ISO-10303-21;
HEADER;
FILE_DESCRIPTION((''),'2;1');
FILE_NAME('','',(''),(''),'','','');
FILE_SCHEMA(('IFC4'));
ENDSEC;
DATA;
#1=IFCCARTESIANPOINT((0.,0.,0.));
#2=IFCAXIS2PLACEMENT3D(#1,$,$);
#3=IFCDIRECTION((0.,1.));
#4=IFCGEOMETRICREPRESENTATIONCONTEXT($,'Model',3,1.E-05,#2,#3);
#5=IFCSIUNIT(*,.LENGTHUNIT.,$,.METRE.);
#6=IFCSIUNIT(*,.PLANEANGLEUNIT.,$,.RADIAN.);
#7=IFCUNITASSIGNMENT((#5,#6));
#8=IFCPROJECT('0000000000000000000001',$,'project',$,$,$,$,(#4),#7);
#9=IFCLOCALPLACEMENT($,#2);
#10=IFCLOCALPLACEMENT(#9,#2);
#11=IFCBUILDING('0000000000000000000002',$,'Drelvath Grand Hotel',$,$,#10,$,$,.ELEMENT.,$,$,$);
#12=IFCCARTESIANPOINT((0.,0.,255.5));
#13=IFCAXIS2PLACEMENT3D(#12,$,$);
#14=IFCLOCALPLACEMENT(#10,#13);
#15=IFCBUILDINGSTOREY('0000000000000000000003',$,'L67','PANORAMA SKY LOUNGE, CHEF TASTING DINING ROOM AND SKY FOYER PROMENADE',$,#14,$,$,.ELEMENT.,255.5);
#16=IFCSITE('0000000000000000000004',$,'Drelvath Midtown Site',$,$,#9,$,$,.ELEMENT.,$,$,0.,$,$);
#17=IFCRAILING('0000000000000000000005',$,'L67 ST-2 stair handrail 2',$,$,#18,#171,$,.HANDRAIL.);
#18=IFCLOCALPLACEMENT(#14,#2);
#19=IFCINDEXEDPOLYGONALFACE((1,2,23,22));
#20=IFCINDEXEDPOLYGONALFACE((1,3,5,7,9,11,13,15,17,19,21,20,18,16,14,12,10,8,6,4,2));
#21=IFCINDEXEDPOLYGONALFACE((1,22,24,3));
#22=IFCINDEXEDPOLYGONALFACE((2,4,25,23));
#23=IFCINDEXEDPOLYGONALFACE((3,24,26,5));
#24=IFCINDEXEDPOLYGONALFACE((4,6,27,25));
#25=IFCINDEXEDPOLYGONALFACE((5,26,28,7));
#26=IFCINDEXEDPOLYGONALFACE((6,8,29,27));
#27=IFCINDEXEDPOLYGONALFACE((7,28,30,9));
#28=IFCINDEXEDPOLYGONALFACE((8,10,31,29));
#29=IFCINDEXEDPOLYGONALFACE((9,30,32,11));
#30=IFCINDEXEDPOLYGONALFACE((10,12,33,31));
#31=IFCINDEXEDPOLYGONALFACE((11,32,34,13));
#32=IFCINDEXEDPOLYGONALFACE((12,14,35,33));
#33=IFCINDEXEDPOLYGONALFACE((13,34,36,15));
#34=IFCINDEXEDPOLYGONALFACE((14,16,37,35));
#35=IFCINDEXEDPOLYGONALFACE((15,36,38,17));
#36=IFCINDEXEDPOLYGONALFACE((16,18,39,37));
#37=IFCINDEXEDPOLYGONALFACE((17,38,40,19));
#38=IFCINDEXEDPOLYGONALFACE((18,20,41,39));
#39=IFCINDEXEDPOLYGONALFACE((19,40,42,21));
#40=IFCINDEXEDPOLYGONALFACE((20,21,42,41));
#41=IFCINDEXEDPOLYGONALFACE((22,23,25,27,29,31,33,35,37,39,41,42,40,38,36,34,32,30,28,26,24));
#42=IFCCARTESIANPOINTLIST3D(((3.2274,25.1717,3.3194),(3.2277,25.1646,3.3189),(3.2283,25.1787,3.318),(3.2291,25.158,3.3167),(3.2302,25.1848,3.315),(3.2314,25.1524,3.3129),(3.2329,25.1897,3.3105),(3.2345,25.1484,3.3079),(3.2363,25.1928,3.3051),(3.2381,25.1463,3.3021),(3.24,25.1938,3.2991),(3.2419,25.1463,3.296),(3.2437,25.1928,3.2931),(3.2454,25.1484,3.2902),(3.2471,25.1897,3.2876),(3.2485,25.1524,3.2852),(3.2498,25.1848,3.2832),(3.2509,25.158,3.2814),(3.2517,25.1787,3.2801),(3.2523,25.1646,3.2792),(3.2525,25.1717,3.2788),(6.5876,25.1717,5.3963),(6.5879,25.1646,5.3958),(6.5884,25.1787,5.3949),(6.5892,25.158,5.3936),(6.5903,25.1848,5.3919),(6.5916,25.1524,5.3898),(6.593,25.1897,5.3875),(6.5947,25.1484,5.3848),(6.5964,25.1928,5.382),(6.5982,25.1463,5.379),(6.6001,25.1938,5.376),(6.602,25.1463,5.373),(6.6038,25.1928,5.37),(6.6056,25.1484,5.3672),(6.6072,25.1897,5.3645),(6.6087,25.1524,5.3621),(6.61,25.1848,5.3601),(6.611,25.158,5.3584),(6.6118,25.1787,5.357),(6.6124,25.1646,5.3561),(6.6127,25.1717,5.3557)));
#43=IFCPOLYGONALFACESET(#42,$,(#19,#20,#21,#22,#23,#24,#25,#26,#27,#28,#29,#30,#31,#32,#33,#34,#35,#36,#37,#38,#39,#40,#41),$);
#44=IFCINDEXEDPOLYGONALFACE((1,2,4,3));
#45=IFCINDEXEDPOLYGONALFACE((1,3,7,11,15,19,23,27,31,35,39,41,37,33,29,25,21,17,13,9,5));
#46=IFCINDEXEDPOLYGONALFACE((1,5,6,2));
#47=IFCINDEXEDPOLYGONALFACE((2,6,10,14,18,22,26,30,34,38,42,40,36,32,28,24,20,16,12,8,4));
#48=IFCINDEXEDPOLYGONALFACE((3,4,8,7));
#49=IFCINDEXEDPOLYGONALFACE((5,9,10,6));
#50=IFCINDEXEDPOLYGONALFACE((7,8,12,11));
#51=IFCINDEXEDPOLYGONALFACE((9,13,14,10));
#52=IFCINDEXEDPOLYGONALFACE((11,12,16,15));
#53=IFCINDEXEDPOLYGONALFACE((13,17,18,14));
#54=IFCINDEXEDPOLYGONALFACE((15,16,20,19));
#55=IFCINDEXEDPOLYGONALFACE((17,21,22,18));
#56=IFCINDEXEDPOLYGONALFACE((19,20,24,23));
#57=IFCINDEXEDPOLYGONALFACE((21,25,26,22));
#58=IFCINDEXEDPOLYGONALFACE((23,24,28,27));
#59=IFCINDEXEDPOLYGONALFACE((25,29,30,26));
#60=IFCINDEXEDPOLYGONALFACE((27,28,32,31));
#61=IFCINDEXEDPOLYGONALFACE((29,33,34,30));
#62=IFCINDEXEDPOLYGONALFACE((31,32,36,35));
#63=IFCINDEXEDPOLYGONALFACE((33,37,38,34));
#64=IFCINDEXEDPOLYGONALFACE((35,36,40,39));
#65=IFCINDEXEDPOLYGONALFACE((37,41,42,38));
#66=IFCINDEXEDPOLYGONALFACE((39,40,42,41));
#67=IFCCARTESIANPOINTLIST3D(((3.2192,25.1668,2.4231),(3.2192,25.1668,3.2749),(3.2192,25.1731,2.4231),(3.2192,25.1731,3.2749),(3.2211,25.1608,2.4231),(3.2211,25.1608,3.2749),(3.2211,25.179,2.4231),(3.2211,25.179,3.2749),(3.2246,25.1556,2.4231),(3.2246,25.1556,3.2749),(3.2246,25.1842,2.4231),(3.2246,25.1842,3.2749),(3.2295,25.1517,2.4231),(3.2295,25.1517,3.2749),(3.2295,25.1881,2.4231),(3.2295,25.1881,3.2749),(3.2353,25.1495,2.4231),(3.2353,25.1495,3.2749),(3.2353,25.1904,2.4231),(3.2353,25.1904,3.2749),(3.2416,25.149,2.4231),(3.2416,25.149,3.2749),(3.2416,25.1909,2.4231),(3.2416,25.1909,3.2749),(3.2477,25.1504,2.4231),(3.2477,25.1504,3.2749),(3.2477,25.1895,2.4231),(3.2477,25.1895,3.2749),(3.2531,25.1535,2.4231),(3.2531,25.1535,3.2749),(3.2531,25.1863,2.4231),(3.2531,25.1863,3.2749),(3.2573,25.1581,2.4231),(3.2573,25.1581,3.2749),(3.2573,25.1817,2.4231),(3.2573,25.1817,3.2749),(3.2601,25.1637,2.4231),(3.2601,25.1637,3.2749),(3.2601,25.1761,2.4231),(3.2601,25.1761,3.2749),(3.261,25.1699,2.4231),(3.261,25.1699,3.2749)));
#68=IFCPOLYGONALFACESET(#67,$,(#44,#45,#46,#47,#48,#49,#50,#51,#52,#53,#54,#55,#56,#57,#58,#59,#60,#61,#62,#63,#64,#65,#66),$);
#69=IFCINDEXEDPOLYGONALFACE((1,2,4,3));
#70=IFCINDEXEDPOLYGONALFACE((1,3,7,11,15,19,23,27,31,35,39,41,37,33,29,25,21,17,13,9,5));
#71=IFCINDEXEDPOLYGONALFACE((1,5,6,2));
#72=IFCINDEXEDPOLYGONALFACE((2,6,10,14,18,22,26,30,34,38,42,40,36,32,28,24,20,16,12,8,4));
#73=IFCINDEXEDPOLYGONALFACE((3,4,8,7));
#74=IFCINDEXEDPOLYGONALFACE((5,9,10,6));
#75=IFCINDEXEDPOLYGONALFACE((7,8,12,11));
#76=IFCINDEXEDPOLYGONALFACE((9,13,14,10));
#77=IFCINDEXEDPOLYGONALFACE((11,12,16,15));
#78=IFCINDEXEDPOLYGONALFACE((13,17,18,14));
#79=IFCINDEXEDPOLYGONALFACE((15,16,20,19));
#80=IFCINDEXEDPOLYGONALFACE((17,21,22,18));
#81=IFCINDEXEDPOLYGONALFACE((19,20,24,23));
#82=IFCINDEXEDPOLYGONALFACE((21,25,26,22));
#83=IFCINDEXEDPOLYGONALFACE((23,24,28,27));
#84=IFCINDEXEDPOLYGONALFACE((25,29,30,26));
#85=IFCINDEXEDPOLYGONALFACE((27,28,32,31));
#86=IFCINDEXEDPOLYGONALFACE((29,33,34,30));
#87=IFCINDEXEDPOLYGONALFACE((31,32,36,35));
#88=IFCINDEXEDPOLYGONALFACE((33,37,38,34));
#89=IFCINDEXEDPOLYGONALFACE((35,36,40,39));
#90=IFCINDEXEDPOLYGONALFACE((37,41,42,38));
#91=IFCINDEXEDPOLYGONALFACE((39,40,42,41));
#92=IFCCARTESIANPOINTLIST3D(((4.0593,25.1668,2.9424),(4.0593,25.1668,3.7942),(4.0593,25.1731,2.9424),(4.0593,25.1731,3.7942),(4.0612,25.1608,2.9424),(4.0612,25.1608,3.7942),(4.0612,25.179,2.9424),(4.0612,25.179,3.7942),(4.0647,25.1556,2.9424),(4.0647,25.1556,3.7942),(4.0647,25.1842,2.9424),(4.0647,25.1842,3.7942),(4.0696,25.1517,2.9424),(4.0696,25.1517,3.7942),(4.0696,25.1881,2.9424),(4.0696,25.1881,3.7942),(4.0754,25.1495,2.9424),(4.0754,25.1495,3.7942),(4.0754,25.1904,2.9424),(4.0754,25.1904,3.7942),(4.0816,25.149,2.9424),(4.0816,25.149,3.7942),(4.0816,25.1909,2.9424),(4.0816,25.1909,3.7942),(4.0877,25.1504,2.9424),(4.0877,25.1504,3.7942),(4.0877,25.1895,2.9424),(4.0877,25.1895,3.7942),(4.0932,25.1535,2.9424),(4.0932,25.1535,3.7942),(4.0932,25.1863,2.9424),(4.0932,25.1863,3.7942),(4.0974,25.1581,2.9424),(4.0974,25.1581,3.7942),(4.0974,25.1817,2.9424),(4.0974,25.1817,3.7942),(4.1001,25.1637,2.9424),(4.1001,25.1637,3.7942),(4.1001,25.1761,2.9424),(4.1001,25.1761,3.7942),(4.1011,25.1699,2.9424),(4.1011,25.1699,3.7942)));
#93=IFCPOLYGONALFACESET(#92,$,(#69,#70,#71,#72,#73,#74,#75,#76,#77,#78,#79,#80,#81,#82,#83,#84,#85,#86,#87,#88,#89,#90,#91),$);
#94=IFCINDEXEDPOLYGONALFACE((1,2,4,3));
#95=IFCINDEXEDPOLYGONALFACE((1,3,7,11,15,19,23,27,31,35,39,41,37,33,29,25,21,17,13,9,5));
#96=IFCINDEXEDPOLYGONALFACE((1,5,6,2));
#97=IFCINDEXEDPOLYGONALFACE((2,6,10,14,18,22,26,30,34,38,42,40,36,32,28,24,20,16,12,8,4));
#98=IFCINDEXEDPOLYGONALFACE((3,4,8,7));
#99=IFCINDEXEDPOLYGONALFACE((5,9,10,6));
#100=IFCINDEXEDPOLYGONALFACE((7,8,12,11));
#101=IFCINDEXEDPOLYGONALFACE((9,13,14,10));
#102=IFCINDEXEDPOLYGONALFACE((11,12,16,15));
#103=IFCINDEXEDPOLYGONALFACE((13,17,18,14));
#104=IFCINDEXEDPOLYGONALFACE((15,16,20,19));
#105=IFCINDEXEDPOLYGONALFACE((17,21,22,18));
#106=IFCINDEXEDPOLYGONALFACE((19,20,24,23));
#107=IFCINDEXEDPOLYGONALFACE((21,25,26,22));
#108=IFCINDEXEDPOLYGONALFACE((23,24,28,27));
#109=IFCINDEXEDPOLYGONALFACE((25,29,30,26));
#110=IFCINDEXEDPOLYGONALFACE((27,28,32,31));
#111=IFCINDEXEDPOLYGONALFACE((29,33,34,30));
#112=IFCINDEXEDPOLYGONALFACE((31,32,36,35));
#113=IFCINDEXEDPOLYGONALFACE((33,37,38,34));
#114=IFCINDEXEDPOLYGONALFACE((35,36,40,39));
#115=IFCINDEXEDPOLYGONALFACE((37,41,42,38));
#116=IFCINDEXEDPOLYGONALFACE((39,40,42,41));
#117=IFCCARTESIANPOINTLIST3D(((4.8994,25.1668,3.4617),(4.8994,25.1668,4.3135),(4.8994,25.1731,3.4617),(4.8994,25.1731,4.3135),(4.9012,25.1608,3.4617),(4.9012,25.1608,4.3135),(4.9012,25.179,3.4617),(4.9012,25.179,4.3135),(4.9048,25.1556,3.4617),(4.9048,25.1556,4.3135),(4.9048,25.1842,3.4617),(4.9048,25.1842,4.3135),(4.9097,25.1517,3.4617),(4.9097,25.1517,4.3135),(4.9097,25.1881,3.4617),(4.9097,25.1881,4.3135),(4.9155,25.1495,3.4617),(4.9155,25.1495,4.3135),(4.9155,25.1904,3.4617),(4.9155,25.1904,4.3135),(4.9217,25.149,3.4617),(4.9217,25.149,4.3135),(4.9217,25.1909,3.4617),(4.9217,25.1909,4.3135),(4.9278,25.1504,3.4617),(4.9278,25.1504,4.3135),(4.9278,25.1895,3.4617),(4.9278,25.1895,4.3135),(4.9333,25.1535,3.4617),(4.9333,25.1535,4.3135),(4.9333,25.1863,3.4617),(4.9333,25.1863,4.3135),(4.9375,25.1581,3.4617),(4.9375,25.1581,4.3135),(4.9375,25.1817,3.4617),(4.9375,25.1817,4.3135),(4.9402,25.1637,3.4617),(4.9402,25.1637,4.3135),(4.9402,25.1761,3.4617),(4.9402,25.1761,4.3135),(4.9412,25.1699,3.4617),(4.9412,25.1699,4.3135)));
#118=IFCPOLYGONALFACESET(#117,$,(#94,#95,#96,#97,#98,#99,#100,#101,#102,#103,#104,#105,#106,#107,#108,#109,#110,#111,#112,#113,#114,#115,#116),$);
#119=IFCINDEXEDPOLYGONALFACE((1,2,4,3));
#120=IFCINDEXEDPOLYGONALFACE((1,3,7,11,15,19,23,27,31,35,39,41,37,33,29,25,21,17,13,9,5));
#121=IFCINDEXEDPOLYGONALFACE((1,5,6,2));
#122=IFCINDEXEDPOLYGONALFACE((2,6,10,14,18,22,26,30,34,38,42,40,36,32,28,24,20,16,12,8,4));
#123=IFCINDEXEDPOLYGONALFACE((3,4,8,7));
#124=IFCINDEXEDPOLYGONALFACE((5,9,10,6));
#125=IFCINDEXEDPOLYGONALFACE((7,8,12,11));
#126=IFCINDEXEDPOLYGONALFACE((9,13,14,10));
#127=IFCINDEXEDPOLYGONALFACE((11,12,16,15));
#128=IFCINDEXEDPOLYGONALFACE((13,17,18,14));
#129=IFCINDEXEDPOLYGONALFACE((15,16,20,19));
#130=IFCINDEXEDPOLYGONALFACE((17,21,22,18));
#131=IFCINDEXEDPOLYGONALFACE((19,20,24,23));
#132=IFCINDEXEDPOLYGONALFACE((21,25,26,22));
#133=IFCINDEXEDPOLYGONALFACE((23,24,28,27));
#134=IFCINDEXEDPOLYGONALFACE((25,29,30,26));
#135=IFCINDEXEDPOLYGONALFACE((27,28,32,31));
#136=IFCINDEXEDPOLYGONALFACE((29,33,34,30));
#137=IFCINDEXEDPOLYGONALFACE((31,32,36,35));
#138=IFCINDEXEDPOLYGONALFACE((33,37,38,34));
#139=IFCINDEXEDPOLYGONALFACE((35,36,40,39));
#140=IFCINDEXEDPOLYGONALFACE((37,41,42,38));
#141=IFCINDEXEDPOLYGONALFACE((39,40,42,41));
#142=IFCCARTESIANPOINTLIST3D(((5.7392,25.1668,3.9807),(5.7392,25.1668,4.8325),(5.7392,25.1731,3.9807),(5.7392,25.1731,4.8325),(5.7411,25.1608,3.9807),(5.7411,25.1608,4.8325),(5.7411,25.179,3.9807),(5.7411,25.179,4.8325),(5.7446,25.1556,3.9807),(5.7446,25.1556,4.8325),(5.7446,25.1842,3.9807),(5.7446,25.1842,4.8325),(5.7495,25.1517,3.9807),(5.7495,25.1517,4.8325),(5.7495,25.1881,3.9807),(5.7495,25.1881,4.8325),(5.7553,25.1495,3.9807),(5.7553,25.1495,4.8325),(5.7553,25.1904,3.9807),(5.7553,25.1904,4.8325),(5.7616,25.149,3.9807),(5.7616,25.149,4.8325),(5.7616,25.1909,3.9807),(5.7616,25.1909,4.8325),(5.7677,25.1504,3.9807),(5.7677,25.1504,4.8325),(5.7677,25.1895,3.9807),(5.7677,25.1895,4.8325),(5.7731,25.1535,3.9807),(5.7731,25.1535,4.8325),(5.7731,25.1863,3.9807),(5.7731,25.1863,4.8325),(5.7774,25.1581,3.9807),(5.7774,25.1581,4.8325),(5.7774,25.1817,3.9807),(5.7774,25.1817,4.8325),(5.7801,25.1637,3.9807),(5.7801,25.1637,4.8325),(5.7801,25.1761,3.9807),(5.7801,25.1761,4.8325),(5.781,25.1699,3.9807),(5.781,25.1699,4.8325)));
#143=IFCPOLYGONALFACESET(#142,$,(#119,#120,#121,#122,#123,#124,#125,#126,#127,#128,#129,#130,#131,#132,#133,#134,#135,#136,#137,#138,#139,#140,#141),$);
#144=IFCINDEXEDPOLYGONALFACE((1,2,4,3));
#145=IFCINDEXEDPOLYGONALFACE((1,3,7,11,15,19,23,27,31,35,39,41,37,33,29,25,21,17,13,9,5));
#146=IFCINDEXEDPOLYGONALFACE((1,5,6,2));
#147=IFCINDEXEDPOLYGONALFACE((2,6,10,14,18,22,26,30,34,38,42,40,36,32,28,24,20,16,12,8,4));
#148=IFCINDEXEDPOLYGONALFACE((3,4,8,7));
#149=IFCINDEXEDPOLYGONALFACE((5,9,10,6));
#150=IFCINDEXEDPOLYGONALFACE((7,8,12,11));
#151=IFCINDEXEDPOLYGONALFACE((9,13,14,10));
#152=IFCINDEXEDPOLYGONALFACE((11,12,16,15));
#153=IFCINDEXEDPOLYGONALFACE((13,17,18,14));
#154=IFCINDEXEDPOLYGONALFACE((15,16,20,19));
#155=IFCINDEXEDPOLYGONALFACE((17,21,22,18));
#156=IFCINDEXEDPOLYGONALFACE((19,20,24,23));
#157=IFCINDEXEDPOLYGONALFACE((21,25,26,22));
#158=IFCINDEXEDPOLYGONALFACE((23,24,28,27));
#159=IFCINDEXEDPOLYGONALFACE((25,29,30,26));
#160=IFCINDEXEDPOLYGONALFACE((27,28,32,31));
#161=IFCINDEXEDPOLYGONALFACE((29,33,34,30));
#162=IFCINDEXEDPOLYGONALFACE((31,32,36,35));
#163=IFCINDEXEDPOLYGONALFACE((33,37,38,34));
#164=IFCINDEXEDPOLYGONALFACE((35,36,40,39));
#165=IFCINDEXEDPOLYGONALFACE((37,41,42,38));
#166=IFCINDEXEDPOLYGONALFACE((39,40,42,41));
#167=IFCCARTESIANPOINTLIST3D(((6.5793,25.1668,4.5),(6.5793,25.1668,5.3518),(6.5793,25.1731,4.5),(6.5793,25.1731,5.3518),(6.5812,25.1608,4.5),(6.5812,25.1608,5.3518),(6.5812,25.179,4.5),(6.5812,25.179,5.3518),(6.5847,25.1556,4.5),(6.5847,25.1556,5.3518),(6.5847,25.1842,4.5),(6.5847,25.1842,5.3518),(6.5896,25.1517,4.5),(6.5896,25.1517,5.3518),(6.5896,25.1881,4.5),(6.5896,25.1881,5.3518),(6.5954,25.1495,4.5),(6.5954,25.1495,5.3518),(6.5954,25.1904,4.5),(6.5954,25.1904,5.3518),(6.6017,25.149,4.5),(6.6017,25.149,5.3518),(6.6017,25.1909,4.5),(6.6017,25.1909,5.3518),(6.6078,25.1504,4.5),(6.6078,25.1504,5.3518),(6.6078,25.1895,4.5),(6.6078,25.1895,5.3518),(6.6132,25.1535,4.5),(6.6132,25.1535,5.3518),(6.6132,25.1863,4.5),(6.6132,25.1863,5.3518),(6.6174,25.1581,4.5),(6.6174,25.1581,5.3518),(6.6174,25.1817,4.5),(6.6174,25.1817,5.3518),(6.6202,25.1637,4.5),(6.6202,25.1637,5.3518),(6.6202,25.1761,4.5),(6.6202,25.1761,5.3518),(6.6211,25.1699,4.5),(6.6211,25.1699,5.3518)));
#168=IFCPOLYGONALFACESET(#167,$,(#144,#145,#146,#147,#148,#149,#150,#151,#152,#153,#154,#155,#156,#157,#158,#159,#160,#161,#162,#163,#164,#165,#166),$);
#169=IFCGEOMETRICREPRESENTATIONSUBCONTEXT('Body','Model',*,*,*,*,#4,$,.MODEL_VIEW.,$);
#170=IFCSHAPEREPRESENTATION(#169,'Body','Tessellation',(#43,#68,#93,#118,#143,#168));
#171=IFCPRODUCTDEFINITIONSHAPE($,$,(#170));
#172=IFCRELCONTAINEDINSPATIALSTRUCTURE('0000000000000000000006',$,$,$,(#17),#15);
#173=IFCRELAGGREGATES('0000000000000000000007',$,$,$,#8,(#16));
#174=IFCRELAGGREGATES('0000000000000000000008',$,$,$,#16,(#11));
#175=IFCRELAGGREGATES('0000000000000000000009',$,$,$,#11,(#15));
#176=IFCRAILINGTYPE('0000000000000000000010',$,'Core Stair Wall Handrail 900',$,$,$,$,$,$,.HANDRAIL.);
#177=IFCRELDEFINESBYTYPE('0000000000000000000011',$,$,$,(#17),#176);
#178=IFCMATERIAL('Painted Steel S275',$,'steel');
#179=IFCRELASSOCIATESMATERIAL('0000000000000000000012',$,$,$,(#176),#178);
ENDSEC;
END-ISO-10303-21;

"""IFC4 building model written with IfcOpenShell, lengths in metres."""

from ifc_helpers import new_model, si_unit, direction, frame, origin, origin_2d, place, context, subcontext, project, spatial, circle, extrude, material, type_object, element, save


model = new_model("IFC4")

# Units and contexts
model_context = context("Model", 3, precision=1e-05, world=origin(), true_north=direction((0.0, 1.0)))
body_context = subcontext(model_context, "Body", "Model", "MODEL_VIEW")
ifc_project = project(units=[si_unit("LENGTHUNIT", "METRE"), si_unit("PLANEANGLEUNIT", "RADIAN")], contexts=[model_context])

# Site, building, storey
site_placement = place(None, origin())
site = spatial("IfcSite", under=ifc_project, at=site_placement, Name="Drelvath Midtown Site", CompositionType="ELEMENT", RefElevation=0.0)
building_placement = place(site_placement, origin())
building = spatial("IfcBuilding", under=site, at=building_placement, Name="Drelvath Grand Hotel", CompositionType="ELEMENT")
storey_placement = place(building_placement, frame((0.0, 0.0, 255.5)))
storey = spatial("IfcBuildingStorey", under=building, at=storey_placement, Name="L67", Description="PANORAMA SKY LOUNGE, CHEF TASTING DINING ROOM AND SKY FOYER PROMENADE", CompositionType="ELEMENT", Elevation=255.5)

# Railing
ifc_material_1 = material(Name="Painted Steel S275", Category="steel")
railing_type_1 = type_object("IfcRailingType", Name="Core Stair Wall Handrail 900", PredefinedType="HANDRAIL", material=ifc_material_1)
railing_1_placement = place(storey_placement, frame((3.24, 25.1699, 2.4231)))
element("IfcRailing", 1, at=railing_1_placement, inside=storey, type_object=railing_type_1, Name="L67 ST-2 stair handrail 2", PredefinedType="HANDRAIL", context=body_context, shape_type="SweptSolid", body=[
    extrude(circle(Radius=0.0239, at=origin_2d()), frame((0.0, 0.0, 0.876), z_axis=(0.850623, 0.0, 0.525776), x_axis=(0.0, 1.0, 0.0)), (0.0, 0.0, 1.0), 3.9502),
    extrude(circle(Radius=0.021, at=origin_2d()), origin(), (0.0, 0.0, 1.0), 0.8518),
    extrude(circle(Radius=0.021, at=origin_2d()), frame((0.8401, 0.0, 0.5193)), (0.0, 0.0, 1.0), 0.8518),
    extrude(circle(Radius=0.021, at=origin_2d()), frame((1.6802, 0.0, 1.0386)), (0.0, 0.0, 1.0), 0.8518),
    extrude(circle(Radius=0.021, at=origin_2d()), frame((2.52, 0.0, 1.5576)), (0.0, 0.0, 1.0), 0.8518),
    extrude(circle(Radius=0.021, at=origin_2d()), frame((3.3601, 0.0, 2.0769)), (0.0, 0.0, 1.0), 0.8518),
])

save(model, "model.ifc")
